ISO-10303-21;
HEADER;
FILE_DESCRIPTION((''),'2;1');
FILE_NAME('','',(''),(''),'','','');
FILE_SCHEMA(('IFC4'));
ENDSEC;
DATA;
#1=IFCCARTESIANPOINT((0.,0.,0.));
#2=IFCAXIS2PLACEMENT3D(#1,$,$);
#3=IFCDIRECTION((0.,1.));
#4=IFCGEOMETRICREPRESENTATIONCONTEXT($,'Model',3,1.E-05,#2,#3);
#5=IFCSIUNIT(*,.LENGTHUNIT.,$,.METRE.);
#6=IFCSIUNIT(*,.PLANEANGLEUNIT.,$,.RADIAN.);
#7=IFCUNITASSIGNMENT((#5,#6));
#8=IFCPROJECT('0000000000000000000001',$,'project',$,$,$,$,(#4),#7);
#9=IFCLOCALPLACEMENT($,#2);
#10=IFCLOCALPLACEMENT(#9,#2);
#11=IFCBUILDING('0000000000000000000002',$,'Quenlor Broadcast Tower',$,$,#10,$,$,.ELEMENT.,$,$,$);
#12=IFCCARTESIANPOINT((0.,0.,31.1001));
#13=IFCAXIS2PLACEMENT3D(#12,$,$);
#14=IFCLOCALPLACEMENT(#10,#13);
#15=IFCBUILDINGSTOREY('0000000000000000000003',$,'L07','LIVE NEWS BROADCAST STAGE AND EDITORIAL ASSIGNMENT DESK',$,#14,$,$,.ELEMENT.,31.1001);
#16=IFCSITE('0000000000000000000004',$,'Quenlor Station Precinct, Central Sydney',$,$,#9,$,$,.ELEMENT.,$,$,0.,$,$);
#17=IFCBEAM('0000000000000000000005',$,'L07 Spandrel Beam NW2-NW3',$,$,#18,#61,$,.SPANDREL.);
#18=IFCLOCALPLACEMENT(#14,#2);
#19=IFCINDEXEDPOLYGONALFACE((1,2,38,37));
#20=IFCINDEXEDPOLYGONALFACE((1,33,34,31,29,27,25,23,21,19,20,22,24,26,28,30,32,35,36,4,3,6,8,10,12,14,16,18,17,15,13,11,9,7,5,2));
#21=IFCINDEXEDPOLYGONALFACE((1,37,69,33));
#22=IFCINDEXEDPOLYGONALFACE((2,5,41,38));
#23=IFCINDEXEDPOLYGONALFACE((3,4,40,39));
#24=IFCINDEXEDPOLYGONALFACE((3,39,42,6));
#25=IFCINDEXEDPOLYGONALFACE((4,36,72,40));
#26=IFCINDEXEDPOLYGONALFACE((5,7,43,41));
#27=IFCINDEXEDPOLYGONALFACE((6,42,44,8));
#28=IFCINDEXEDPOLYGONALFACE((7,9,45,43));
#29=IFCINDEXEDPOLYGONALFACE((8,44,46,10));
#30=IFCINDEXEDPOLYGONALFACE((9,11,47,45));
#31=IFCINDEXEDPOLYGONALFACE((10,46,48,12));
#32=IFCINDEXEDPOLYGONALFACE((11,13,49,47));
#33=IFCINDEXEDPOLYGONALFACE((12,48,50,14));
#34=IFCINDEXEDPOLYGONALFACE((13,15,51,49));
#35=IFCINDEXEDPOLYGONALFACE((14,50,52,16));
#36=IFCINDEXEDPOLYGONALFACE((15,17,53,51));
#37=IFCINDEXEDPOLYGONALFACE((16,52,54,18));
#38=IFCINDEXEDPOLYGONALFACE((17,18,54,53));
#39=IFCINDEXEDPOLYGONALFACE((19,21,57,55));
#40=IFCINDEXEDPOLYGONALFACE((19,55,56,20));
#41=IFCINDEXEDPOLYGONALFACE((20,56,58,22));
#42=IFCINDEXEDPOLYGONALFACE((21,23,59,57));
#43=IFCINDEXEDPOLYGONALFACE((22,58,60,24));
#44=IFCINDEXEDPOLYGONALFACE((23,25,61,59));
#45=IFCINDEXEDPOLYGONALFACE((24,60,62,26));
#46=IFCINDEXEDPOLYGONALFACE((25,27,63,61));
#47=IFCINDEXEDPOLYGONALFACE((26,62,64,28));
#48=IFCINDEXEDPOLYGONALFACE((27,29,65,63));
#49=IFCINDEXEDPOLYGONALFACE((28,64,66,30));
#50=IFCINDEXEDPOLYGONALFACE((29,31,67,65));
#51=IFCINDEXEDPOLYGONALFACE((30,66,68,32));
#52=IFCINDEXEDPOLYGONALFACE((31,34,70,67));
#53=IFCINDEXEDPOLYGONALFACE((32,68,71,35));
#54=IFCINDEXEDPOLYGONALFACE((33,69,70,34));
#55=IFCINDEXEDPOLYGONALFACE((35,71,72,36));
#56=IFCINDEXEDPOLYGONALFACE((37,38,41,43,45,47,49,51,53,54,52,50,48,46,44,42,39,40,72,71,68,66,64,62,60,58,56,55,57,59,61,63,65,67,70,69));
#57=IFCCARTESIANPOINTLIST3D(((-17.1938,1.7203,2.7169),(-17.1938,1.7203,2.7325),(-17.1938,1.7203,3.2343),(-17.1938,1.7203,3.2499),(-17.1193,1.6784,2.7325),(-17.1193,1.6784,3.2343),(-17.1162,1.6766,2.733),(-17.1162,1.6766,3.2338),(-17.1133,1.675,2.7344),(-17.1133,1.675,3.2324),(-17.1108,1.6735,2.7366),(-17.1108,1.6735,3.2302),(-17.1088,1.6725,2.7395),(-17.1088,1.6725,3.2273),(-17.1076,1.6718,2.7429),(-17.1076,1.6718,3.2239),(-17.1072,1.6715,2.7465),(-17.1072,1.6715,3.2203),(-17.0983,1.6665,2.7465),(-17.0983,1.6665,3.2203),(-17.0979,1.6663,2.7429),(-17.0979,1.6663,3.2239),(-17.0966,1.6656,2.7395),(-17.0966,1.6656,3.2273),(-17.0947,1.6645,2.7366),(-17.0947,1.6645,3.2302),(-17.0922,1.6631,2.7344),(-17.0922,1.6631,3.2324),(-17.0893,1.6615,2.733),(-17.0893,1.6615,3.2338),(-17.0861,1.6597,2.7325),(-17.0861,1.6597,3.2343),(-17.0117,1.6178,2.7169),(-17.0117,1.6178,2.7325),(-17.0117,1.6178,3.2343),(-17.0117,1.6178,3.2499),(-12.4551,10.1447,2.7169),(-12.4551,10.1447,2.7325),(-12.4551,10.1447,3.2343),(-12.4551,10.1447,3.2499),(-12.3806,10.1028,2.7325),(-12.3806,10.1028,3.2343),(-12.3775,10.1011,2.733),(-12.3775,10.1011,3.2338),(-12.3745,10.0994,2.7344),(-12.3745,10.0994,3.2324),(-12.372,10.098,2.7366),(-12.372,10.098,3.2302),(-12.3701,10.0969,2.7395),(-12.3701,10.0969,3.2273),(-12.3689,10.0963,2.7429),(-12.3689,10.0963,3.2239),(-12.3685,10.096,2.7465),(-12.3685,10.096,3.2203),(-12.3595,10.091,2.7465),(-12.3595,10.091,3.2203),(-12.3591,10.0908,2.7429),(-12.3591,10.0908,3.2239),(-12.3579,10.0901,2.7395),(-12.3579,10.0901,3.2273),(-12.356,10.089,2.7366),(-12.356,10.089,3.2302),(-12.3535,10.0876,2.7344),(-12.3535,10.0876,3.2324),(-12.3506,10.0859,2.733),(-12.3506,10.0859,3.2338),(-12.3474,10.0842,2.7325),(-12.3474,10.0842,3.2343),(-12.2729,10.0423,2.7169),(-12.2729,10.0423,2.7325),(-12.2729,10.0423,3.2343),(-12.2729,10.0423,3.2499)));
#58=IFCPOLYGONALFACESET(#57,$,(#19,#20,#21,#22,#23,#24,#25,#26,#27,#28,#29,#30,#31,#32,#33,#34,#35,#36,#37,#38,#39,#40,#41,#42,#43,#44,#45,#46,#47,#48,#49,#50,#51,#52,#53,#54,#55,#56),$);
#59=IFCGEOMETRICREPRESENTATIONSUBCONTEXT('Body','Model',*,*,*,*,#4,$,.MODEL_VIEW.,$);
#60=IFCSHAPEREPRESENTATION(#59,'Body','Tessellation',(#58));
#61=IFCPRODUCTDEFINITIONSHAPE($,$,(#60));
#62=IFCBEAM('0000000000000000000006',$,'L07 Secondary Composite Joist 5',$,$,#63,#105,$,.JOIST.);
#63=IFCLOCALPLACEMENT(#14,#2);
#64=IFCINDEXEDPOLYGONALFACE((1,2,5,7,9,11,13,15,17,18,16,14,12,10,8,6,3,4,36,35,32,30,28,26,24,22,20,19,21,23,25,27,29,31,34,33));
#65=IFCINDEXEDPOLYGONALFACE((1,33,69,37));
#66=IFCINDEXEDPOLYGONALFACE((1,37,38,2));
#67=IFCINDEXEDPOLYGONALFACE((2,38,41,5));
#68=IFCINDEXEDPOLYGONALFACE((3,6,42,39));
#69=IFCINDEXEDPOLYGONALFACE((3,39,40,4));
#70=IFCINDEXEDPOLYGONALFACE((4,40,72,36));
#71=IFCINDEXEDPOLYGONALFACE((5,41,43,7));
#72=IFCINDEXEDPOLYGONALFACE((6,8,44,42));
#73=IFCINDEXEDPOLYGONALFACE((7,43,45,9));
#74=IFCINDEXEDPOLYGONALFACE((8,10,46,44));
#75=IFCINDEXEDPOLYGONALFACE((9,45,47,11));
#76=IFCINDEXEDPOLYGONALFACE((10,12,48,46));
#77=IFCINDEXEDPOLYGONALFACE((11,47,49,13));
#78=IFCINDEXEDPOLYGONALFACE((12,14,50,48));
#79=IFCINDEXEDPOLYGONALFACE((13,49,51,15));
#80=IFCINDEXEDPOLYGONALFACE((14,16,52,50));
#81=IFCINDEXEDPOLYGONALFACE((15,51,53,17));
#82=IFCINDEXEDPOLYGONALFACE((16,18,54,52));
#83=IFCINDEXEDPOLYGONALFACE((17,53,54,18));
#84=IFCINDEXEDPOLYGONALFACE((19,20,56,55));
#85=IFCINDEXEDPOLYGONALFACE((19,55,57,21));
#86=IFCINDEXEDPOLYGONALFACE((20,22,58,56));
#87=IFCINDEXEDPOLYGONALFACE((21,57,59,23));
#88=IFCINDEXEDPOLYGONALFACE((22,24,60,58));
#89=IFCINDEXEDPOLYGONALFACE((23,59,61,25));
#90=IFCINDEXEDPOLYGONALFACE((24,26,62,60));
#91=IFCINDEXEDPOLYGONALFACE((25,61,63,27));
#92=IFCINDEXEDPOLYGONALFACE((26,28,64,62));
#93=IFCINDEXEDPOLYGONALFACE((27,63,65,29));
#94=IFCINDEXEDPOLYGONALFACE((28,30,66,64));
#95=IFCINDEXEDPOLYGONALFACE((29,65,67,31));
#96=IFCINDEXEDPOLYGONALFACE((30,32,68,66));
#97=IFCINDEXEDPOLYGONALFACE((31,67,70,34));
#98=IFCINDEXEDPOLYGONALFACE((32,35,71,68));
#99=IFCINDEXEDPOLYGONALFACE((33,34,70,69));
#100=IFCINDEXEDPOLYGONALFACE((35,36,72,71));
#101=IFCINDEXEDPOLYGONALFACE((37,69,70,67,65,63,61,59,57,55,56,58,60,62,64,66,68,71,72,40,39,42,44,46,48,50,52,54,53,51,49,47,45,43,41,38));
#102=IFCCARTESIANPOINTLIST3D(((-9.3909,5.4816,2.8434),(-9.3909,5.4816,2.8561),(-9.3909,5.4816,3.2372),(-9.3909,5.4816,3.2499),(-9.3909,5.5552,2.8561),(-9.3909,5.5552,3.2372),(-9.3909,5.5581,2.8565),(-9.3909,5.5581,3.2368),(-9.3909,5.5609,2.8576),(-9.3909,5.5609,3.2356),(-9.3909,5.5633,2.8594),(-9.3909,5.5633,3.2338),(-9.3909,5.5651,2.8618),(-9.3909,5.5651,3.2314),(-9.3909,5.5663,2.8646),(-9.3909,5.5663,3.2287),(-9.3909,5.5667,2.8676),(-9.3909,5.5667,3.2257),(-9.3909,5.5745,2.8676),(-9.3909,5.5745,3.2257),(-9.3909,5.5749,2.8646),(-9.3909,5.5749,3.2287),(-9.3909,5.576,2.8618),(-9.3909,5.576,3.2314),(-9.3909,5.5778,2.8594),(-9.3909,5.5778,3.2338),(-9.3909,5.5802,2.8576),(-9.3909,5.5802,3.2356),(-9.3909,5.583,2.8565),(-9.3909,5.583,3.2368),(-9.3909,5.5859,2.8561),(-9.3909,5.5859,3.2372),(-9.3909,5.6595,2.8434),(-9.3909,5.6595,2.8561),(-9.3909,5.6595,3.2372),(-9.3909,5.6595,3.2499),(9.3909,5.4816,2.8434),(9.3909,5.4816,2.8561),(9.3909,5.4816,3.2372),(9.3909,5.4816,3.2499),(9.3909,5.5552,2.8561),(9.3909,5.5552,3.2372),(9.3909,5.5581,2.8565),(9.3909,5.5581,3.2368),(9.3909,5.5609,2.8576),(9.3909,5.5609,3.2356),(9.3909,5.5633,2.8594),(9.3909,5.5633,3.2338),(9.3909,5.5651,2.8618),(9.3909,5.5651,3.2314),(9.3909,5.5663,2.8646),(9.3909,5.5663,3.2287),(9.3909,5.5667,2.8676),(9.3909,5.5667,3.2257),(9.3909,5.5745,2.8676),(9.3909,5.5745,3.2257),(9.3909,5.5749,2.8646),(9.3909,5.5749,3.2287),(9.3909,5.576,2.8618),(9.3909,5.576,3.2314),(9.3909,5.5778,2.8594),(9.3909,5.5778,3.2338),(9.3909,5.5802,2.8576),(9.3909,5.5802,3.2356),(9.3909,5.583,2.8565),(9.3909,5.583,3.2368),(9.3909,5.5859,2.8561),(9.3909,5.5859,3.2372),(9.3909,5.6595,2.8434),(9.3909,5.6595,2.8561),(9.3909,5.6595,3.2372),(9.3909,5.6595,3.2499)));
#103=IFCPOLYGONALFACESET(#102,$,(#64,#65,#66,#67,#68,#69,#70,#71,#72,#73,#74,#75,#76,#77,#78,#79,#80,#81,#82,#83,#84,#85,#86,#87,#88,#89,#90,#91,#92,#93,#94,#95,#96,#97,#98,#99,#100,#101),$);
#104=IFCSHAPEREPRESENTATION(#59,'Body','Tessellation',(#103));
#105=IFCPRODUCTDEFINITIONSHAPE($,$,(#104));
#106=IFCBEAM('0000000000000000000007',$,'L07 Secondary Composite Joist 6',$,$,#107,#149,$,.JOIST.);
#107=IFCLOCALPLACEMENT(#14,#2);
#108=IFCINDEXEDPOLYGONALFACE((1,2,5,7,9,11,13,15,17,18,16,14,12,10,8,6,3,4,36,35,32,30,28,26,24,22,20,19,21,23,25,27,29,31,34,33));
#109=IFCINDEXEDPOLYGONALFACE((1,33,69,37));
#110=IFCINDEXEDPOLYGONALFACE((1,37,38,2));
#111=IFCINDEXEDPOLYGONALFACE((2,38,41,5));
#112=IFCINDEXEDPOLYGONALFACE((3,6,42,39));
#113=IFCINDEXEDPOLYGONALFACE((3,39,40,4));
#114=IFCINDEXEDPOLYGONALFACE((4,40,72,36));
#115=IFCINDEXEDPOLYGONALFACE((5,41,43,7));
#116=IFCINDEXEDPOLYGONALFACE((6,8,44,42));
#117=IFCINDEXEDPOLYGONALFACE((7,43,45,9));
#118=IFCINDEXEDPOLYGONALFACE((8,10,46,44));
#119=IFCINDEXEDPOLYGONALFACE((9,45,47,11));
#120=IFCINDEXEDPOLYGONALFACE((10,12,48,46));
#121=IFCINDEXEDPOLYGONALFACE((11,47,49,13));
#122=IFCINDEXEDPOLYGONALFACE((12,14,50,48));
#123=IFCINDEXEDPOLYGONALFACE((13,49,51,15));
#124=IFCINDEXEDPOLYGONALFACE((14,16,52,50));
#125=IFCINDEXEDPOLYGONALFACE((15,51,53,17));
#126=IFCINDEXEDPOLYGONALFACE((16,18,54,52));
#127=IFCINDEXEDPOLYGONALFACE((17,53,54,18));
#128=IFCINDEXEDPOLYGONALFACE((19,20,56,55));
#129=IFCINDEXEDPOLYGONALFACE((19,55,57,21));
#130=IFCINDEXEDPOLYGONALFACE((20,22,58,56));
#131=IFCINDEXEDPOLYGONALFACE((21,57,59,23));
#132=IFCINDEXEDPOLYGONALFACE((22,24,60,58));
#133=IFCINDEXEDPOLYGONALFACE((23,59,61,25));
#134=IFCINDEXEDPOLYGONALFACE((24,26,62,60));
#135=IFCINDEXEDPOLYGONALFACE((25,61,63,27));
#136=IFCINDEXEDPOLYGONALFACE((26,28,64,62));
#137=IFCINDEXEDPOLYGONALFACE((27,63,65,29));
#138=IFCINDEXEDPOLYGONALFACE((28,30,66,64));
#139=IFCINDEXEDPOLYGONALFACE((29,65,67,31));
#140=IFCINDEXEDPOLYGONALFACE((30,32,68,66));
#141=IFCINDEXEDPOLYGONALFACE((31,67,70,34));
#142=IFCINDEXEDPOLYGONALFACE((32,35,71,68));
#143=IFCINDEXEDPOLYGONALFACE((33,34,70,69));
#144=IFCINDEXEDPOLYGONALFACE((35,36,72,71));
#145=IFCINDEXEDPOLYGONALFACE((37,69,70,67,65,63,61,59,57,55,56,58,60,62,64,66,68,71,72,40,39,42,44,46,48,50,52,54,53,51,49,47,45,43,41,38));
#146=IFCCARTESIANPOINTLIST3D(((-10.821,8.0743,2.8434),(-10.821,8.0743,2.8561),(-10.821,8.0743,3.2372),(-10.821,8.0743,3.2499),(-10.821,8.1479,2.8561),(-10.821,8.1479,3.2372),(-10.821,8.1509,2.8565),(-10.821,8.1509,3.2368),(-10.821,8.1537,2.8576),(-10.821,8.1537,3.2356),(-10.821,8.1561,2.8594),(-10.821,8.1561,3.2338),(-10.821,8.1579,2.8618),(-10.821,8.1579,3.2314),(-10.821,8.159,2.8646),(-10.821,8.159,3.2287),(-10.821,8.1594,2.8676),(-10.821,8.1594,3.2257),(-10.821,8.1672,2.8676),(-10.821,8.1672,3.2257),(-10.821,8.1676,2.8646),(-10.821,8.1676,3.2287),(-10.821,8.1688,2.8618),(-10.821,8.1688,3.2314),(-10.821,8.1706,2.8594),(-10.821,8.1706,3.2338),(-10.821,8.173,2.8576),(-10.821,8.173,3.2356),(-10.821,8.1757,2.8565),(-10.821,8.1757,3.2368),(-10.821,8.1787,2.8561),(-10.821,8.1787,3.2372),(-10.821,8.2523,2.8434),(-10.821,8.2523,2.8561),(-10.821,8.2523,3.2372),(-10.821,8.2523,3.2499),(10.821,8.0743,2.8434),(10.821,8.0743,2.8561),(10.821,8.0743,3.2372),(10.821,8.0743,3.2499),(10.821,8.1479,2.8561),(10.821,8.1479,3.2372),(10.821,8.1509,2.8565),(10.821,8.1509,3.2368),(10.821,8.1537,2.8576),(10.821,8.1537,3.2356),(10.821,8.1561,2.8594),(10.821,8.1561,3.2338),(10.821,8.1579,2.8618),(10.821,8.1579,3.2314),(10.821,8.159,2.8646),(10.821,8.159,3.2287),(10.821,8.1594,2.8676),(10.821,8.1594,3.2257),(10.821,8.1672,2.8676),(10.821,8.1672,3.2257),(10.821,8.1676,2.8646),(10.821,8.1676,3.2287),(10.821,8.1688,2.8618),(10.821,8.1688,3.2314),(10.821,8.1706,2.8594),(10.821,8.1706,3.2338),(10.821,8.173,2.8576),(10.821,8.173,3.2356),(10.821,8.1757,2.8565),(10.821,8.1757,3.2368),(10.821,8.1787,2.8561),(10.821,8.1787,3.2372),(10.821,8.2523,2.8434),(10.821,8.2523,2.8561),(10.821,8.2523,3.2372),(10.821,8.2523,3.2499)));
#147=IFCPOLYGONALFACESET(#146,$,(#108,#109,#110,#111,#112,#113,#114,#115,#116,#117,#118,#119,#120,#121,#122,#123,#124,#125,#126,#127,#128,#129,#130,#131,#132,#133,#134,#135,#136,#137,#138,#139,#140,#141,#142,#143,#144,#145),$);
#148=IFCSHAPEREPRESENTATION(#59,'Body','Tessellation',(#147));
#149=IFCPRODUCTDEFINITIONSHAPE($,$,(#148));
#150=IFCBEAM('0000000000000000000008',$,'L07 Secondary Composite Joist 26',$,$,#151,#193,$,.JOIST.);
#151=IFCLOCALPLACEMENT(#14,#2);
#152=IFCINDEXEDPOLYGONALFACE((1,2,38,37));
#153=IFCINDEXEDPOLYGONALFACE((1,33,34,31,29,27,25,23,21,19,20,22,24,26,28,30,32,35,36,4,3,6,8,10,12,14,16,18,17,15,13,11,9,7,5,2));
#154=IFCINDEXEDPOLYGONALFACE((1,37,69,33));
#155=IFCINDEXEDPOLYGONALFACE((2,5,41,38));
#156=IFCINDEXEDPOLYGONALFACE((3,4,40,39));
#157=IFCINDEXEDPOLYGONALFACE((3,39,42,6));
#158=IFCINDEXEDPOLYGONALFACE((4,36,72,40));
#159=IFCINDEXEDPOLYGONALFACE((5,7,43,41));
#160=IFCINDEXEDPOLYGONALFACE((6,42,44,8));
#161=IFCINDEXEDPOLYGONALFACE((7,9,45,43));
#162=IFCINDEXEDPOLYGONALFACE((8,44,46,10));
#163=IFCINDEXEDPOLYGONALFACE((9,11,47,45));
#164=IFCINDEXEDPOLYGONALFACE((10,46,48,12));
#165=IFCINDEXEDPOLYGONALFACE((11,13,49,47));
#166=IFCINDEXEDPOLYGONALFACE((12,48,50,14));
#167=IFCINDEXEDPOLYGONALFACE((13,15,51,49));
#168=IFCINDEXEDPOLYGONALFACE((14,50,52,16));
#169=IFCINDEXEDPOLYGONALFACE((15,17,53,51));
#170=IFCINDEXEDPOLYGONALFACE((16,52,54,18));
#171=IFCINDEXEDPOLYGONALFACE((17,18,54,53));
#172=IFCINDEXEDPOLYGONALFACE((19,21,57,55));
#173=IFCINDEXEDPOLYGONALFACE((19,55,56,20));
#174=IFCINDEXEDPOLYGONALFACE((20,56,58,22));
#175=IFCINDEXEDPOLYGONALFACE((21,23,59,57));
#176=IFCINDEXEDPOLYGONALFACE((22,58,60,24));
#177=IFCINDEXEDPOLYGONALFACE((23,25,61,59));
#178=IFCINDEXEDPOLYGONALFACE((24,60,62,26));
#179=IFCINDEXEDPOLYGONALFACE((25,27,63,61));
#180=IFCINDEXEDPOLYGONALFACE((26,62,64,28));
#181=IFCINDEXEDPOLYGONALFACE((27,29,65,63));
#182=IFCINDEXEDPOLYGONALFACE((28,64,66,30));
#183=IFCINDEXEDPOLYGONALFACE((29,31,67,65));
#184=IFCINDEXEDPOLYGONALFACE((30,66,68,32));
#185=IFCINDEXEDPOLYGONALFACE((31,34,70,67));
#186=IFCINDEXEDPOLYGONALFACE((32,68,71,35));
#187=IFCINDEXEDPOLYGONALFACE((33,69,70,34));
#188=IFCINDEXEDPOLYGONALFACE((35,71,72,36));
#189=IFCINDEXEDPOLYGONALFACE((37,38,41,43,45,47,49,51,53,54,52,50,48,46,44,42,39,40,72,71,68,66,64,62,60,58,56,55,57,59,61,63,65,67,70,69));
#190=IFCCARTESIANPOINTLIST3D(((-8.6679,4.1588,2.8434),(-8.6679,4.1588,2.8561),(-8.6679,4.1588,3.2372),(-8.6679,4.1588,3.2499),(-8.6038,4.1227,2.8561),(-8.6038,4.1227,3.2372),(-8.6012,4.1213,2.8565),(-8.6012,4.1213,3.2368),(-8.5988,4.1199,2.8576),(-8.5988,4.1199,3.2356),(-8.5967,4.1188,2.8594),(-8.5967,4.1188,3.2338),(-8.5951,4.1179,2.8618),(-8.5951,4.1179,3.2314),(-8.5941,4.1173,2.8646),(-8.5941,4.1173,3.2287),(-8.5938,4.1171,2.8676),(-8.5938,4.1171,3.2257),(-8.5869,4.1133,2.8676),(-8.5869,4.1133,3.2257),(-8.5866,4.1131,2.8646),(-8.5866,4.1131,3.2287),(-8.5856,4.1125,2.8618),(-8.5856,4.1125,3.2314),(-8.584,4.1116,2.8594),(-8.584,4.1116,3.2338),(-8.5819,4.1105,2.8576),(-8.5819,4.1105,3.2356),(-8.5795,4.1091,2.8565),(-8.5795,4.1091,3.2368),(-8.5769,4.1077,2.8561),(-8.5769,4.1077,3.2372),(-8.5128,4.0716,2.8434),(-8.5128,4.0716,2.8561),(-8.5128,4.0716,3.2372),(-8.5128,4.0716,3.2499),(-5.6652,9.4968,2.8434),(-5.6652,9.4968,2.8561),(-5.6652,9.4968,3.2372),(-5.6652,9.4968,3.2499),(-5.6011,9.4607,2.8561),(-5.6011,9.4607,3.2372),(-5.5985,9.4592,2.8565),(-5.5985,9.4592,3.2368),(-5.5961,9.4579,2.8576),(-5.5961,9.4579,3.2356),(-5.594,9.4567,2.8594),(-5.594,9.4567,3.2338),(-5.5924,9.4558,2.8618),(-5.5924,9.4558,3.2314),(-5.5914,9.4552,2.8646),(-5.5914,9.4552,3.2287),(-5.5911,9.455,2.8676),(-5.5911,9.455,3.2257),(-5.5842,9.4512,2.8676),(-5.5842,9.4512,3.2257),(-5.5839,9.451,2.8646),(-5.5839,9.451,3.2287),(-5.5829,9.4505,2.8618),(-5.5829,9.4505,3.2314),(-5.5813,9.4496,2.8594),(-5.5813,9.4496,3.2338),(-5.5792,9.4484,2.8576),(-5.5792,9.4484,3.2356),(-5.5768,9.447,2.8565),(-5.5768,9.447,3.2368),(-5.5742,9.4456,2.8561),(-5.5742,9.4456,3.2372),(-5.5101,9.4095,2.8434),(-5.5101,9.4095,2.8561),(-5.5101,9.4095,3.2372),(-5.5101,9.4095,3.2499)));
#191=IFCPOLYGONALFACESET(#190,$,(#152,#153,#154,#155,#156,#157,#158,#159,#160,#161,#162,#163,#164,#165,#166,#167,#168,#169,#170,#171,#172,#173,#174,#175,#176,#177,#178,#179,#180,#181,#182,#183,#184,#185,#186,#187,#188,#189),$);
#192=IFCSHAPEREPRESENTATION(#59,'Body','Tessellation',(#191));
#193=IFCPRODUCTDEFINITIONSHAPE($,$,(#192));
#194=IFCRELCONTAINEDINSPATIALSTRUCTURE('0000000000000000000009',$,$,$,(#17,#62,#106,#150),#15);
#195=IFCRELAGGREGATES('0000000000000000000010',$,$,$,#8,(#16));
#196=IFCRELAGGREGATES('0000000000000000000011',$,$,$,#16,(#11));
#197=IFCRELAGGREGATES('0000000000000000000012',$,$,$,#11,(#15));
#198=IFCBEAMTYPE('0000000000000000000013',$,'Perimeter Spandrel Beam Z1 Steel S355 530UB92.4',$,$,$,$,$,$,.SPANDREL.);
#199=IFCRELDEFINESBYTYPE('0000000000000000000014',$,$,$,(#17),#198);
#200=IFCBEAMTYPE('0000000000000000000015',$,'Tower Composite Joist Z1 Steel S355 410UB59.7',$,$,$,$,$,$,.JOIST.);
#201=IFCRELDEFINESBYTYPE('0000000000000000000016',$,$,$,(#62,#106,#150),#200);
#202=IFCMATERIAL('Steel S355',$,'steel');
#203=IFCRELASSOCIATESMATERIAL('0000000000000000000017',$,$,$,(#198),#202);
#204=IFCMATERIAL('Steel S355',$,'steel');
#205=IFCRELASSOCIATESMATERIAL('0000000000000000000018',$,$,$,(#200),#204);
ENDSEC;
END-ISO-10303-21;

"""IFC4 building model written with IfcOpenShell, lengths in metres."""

from ifc_helpers import new_model, si_unit, direction, frame, origin, origin_2d, place, context, subcontext, project, spatial, i_section, extrude, material, material_profile, profile_set, type_object, element, save


model = new_model("IFC4")

# Units and contexts
model_context = context("Model", 3, precision=1e-05, world=origin(), true_north=direction((0.0, 1.0)))
body_context = subcontext(model_context, "Body", "Model", "MODEL_VIEW")
ifc_project = project(units=[si_unit("LENGTHUNIT", "METRE"), si_unit("PLANEANGLEUNIT", "RADIAN")], contexts=[model_context])

# Site, building, storey
site_placement = place(None, origin())
site = spatial("IfcSite", under=ifc_project, at=site_placement, Name="Quenlor Station Precinct, Central Sydney", CompositionType="ELEMENT", RefElevation=0.0)
building_placement = place(site_placement, origin())
building = spatial("IfcBuilding", under=site, at=building_placement, Name="Quenlor Broadcast Tower", CompositionType="ELEMENT")
storey_placement = place(building_placement, frame((0.0, 0.0, 31.1001)))
storey = spatial("IfcBuildingStorey", under=building, at=storey_placement, Name="L07", Description="LIVE NEWS BROADCAST STAGE AND EDITORIAL ASSIGNMENT DESK", CompositionType="ELEMENT", Elevation=31.1001)

# Beams
ifc_material_1 = material(Name="Steel S355", Category="steel")
ifc_material_profile_1 = material_profile(ifc_material_1, i_section(OverallWidth=0.209, OverallDepth=0.533, WebThickness=0.0103, FlangeThickness=0.0156, FilletRadius=0.0139, at=origin_2d()))
ifc_profile_set_1 = profile_set([ifc_material_profile_1], Name="Steel S355 530UB92.4")
beam_type_1 = type_object("IfcBeamType", Name="Perimeter Spandrel Beam Z1 Steel S355 530UB92.4", PredefinedType="SPANDREL", material=ifc_profile_set_1)
beam_1_placement = place(storey_placement, frame((-12.364, 10.0935, 2.9834), z_axis=(-0.490258, -0.871578, 0.0), x_axis=(0.871578, -0.490258, 0.0)))
element("IfcBeam", 1, at=beam_1_placement, inside=storey, type_object=beam_type_1, Name="L07 Spandrel Beam NW2-NW3", PredefinedType="SPANDREL", context=body_context, shape_type="SweptSolid", body=[
    extrude(i_section(OverallWidth=0.209, OverallDepth=0.533, WebThickness=0.0103, FlangeThickness=0.0156, FilletRadius=0.0139, at=origin_2d()), origin(), (0.0, 0.0, 1.0), 9.6658),
])
ifc_material_2 = material(Name="Steel S355", Category="steel")
ifc_material_profile_2 = material_profile(ifc_material_2, i_section(OverallWidth=0.178, OverallDepth=0.4065, WebThickness=0.0078, FlangeThickness=0.0127, FilletRadius=0.0115, at=origin_2d()))
ifc_profile_set_2 = profile_set([ifc_material_profile_2], Name="Steel S355 410UB59.7")
beam_type_2 = type_object("IfcBeamType", Name="Tower Composite Joist Z1 Steel S355 410UB59.7", PredefinedType="JOIST", material=ifc_profile_set_2)
beam_2_placement = place(storey_placement, frame((-9.3909, 5.5706, 3.0466), z_axis=(1.0, 0.0, 0.0), x_axis=(0.0, 1.0, 0.0)))
element("IfcBeam", 2, at=beam_2_placement, inside=storey, type_object=beam_type_2, Name="L07 Secondary Composite Joist 5", PredefinedType="JOIST", context=body_context, shape_type="SweptSolid", body=[
    extrude(i_section(OverallWidth=0.178, OverallDepth=0.4065, WebThickness=0.0078, FlangeThickness=0.0127, FilletRadius=0.0115, at=origin_2d()), origin(), (0.0, 0.0, 1.0), 18.7817),
])
beam_3_placement = place(storey_placement, frame((-10.821, 8.1633, 3.0466), z_axis=(1.0, 0.0, 0.0), x_axis=(0.0, 1.0, 0.0)))
element("IfcBeam", 3, at=beam_3_placement, inside=storey, type_object=beam_type_2, Name="L07 Secondary Composite Joist 6", PredefinedType="JOIST", context=body_context, shape_type="SweptSolid", body=[
    extrude(i_section(OverallWidth=0.178, OverallDepth=0.4065, WebThickness=0.0078, FlangeThickness=0.0127, FilletRadius=0.0115, at=origin_2d()), origin(), (0.0, 0.0, 1.0), 21.6421),
])
beam_4_placement = place(storey_placement, frame((-5.5876, 9.4531, 3.0466), z_axis=(-0.490276, -0.871567, 0.0), x_axis=(0.871567, -0.490276, 0.0)))
element("IfcBeam", 4, at=beam_4_placement, inside=storey, type_object=beam_type_2, Name="L07 Secondary Composite Joist 26", PredefinedType="JOIST", context=body_context, shape_type="SweptSolid", body=[
    extrude(i_section(OverallWidth=0.178, OverallDepth=0.4065, WebThickness=0.0078, FlangeThickness=0.0127, FilletRadius=0.0115, at=origin_2d()), origin(), (0.0, 0.0, 1.0), 6.1245),
])

save(model, "model.ifc")
